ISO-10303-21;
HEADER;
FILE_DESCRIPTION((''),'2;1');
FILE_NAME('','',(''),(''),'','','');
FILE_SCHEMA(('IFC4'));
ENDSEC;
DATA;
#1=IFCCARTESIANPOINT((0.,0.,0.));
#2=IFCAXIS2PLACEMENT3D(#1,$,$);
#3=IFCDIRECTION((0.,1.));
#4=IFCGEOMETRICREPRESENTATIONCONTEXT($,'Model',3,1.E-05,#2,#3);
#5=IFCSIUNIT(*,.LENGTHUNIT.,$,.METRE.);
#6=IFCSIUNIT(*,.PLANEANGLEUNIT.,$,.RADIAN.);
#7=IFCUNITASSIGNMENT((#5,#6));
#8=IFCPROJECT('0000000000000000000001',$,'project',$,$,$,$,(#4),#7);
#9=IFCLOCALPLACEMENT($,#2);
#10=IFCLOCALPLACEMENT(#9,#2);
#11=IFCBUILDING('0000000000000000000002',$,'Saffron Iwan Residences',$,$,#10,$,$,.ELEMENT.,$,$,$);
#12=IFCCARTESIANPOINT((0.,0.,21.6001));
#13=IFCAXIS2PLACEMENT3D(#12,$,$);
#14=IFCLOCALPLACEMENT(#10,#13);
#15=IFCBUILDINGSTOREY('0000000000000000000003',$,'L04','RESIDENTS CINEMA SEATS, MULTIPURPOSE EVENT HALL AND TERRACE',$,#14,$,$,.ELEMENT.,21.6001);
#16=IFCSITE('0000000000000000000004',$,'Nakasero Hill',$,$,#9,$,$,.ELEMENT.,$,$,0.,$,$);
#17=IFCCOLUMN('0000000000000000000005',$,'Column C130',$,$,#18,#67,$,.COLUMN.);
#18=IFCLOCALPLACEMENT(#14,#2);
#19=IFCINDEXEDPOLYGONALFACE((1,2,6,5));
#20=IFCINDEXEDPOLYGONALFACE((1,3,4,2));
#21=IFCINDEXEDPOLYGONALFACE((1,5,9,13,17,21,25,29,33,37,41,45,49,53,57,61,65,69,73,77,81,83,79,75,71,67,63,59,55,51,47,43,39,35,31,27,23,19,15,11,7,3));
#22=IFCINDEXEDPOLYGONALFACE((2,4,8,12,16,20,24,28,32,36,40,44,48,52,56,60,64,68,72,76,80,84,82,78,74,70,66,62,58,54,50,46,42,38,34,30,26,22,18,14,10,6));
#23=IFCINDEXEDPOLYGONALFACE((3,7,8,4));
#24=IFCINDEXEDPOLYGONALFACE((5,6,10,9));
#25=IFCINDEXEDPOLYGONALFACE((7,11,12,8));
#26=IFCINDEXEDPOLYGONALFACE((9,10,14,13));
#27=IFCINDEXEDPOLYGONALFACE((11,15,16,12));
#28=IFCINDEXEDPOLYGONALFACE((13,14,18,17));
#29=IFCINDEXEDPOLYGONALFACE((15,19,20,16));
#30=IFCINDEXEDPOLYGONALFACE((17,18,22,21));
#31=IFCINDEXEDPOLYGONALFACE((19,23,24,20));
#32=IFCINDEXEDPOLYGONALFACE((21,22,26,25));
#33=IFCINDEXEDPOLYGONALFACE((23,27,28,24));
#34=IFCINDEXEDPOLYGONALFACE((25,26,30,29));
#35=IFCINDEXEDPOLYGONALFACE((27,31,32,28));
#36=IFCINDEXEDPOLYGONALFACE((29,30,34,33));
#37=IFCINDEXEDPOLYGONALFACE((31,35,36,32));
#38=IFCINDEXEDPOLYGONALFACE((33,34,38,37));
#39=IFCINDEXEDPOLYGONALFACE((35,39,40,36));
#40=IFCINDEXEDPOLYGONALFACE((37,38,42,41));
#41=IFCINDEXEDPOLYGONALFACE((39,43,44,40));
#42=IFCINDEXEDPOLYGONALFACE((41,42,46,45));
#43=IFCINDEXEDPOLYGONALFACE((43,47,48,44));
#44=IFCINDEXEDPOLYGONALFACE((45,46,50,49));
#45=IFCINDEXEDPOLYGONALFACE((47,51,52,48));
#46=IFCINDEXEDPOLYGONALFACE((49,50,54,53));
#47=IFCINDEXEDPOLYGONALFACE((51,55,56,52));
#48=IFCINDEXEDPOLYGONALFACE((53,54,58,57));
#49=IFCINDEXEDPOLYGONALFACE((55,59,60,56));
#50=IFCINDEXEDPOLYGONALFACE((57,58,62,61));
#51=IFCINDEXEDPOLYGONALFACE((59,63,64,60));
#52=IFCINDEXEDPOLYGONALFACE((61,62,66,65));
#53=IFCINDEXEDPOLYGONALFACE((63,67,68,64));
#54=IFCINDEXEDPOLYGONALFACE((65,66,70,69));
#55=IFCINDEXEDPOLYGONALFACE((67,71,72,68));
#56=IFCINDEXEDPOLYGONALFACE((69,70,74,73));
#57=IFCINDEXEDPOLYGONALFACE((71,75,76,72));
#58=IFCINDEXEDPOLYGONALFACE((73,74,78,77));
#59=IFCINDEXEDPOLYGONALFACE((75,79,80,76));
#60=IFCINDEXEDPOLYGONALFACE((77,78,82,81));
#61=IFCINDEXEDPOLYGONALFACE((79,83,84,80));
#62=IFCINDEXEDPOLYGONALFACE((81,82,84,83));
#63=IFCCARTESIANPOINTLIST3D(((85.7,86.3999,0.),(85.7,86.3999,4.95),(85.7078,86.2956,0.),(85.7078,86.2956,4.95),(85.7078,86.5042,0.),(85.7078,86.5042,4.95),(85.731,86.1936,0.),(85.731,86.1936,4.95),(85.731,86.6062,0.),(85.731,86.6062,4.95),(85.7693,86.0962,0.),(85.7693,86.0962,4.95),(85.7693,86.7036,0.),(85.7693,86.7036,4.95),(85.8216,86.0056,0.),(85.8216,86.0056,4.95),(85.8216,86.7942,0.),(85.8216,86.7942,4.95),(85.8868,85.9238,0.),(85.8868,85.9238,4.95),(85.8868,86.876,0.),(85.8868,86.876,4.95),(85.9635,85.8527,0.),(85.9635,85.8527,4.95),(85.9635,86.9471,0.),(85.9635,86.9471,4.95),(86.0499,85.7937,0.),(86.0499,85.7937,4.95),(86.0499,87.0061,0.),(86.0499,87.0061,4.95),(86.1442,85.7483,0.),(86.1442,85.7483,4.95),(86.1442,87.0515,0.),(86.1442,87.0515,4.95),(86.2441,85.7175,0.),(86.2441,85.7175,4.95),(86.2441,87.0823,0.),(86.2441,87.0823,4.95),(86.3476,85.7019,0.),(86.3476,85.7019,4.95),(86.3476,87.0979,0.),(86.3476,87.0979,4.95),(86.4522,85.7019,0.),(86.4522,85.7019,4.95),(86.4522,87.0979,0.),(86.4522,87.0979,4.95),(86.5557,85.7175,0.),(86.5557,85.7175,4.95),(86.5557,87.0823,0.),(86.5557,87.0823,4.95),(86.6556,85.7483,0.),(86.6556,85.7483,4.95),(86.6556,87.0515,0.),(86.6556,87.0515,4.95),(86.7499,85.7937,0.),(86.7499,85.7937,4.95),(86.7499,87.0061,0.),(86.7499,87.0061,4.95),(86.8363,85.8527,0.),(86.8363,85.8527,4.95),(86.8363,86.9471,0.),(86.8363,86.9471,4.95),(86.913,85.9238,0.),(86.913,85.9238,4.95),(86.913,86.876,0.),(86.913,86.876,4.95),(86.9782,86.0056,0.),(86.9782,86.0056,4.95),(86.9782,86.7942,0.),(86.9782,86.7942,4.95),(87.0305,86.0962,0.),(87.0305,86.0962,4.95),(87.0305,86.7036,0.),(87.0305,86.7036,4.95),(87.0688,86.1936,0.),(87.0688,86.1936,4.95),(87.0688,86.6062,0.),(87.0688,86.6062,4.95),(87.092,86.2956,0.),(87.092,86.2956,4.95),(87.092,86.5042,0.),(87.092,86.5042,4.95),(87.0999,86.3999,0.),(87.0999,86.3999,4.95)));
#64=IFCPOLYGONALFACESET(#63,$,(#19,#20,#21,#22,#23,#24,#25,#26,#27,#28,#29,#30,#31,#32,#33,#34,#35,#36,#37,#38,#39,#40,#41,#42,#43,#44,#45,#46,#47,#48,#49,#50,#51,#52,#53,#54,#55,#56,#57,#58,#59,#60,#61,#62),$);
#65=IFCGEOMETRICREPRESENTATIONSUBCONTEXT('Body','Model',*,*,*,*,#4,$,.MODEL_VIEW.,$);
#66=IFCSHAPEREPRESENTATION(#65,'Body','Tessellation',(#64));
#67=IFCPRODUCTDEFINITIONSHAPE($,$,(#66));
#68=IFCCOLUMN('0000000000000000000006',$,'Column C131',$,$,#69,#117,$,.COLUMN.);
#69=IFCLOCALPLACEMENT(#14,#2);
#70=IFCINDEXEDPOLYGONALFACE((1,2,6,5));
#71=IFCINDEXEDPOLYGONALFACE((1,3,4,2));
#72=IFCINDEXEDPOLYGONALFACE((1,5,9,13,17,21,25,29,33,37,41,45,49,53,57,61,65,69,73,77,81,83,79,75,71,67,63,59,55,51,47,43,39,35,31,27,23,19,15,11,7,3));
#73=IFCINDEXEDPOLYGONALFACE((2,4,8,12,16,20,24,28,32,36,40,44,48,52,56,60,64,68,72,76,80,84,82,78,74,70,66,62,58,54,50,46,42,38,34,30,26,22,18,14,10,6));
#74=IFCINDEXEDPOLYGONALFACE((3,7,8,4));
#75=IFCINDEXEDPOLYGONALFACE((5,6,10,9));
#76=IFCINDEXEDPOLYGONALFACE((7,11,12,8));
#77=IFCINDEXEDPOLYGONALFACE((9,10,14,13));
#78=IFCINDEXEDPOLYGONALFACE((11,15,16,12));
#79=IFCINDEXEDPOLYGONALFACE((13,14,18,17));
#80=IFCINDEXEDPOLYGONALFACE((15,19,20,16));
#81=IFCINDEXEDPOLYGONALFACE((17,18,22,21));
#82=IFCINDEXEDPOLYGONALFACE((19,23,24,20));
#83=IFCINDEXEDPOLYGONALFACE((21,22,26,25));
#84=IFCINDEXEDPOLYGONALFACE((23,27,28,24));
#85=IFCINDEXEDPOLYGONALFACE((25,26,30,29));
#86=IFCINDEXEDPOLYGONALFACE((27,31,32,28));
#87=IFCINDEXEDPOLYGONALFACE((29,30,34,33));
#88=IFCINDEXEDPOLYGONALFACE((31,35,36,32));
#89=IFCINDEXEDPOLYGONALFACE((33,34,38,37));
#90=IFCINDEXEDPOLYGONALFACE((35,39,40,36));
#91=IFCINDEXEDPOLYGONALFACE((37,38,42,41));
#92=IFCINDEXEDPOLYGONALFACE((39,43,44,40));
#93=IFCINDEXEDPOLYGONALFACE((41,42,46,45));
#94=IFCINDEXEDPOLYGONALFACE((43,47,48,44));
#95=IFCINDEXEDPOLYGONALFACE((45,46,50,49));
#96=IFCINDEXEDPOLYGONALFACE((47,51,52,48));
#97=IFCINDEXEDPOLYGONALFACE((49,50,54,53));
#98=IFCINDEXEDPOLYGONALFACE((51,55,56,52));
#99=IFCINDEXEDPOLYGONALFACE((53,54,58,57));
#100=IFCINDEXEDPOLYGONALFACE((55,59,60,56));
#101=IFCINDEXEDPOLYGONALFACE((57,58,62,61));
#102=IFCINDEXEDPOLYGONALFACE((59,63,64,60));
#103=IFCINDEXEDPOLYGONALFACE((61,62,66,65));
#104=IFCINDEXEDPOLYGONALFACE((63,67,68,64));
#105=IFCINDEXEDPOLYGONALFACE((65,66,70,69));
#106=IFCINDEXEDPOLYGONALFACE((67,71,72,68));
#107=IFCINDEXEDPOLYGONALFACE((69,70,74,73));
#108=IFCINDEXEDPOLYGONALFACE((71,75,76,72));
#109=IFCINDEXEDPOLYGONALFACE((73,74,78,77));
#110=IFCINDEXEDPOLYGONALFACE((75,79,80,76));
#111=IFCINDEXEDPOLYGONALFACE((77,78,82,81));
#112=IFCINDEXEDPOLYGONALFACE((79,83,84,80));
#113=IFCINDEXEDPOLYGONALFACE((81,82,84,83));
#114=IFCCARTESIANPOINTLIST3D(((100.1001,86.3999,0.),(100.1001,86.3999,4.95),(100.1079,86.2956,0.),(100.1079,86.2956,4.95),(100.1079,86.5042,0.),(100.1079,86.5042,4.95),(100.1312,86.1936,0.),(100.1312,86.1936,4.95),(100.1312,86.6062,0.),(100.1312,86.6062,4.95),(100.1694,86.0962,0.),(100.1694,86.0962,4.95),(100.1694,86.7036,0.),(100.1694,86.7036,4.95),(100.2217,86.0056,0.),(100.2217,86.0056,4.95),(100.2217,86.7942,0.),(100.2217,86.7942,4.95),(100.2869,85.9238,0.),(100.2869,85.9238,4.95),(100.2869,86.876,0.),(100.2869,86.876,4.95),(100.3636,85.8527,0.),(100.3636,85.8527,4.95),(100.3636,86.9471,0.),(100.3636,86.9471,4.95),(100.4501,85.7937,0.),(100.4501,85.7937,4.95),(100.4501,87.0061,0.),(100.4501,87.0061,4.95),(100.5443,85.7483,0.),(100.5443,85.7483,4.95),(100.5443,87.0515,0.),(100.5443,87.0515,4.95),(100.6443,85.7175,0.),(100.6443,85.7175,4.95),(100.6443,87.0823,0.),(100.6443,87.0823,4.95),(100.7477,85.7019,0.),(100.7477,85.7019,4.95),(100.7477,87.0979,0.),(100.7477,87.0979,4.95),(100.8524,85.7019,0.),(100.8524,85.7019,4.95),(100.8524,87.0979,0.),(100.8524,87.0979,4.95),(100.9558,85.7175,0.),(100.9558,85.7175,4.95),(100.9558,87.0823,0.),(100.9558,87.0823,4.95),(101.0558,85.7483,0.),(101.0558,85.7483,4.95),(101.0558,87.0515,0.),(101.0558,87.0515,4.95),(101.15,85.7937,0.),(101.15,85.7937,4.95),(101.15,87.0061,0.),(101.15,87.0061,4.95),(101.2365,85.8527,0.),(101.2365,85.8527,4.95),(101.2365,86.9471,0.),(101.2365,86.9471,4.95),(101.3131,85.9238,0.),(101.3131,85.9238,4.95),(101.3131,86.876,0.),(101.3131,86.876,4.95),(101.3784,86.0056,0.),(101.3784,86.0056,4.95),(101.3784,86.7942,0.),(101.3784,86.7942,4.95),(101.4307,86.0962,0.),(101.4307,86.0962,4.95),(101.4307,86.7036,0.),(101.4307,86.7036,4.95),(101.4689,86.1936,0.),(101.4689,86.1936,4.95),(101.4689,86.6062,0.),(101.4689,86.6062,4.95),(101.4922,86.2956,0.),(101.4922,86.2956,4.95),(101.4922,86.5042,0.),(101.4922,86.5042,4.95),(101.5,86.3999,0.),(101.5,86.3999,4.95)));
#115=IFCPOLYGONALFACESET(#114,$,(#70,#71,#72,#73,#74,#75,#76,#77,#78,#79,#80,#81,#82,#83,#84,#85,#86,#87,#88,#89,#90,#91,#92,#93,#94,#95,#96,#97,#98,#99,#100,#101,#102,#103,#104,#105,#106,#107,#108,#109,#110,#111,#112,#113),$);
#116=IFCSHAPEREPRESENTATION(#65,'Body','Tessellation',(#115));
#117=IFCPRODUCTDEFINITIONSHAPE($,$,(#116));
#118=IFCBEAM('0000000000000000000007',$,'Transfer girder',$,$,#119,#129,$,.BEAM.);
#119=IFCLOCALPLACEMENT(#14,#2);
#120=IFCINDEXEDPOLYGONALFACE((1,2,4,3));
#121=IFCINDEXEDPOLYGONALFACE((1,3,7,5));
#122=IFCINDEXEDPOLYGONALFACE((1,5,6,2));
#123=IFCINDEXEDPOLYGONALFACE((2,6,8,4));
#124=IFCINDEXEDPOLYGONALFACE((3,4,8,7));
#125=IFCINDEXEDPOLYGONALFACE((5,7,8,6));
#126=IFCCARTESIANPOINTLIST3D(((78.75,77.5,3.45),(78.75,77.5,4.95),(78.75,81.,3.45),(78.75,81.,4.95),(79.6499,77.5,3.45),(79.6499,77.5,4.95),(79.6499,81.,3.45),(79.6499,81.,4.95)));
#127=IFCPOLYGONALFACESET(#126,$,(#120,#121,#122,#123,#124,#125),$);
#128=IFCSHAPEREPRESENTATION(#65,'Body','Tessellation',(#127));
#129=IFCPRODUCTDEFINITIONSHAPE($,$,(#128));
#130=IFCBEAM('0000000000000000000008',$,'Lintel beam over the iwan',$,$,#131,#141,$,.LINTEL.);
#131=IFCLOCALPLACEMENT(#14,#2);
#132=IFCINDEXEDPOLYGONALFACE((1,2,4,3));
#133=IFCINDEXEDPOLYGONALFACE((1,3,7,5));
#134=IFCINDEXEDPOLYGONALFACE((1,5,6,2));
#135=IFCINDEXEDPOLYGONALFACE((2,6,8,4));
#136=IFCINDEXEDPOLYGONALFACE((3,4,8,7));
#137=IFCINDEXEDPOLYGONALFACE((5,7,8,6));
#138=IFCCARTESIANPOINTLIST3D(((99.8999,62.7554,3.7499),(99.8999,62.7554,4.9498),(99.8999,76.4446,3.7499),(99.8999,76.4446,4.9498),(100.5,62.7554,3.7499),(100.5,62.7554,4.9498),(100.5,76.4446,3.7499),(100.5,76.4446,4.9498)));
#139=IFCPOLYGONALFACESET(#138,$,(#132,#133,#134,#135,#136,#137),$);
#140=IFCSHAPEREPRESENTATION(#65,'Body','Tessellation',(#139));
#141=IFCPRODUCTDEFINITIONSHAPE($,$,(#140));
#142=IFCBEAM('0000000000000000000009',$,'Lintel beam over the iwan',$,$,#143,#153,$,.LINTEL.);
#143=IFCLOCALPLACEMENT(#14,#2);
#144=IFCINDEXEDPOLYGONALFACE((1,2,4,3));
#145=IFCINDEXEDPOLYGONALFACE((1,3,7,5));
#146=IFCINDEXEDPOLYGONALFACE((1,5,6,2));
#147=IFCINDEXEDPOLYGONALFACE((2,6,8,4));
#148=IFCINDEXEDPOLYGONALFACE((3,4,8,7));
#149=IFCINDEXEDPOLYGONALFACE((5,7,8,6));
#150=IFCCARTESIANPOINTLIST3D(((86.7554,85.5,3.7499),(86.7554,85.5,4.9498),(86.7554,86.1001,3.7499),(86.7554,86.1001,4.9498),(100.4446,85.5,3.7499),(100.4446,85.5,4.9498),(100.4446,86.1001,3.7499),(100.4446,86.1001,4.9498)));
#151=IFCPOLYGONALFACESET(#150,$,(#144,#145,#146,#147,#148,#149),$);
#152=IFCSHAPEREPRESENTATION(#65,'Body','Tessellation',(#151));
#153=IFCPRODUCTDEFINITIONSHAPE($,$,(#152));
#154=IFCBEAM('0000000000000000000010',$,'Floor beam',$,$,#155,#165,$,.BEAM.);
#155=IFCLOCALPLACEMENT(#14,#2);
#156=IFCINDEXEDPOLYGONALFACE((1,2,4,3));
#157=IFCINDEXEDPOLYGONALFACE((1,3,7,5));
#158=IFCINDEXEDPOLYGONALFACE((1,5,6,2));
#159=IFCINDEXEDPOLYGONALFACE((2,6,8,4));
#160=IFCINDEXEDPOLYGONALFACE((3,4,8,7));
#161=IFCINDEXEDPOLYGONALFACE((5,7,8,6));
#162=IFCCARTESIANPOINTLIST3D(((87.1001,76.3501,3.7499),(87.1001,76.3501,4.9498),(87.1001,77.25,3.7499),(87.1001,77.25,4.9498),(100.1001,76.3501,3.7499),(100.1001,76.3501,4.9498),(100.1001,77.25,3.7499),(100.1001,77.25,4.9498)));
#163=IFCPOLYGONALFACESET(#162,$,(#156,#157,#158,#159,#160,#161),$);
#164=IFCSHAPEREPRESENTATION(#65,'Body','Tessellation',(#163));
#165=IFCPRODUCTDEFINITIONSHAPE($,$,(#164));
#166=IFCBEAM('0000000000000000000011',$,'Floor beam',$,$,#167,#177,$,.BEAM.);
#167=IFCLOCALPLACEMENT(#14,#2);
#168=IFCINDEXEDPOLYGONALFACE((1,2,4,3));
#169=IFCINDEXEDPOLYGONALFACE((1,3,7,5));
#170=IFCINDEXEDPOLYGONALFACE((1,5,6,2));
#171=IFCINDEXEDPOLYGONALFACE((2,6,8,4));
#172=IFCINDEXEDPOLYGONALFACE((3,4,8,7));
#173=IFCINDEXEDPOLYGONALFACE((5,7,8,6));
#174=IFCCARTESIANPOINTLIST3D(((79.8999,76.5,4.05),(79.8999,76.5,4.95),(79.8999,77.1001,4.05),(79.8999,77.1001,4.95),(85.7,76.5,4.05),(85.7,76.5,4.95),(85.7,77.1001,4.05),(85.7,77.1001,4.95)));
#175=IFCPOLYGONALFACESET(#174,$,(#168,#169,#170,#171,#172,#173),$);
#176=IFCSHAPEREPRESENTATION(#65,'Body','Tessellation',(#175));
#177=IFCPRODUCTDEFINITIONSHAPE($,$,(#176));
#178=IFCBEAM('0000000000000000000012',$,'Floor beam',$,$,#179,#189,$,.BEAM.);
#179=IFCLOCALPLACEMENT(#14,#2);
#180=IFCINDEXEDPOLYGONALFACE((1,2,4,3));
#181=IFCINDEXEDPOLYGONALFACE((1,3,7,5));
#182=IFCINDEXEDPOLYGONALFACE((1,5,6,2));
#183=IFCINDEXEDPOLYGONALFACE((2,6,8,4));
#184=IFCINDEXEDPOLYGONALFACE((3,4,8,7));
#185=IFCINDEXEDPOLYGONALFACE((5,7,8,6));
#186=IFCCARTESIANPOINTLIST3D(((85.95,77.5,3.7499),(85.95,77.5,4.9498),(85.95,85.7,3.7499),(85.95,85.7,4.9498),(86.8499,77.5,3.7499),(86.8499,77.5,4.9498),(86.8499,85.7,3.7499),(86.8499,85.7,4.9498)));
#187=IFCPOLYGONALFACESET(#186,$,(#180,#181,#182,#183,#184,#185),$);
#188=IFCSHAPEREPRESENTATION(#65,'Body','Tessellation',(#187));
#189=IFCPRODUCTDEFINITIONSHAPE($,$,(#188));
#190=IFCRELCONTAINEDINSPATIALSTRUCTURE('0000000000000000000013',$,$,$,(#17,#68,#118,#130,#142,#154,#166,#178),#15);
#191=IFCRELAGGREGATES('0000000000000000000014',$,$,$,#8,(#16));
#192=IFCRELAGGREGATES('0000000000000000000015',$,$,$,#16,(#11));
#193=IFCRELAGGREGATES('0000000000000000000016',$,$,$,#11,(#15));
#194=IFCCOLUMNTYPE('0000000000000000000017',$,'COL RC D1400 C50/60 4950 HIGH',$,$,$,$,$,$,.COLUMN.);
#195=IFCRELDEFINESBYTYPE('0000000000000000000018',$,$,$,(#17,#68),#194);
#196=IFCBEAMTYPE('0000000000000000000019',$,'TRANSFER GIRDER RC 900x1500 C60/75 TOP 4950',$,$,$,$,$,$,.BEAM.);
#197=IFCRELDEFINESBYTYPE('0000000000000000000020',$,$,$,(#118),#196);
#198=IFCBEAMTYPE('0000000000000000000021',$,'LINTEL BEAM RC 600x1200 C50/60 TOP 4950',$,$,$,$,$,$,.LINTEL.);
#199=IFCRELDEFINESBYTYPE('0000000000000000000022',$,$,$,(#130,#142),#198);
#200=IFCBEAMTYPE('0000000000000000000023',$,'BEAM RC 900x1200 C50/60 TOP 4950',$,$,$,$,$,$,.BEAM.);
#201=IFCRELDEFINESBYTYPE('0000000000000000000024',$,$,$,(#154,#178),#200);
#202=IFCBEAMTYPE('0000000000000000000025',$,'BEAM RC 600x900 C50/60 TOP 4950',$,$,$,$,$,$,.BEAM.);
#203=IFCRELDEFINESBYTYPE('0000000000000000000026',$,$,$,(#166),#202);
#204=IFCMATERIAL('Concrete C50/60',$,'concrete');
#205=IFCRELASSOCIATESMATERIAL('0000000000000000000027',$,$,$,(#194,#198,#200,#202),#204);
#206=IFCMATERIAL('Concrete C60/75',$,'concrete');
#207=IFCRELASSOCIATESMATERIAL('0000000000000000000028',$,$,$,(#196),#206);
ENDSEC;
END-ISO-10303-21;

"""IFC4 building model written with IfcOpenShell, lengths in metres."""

from ifc_helpers import new_model, si_unit, direction, frame, origin, origin_2d, place, context, subcontext, project, spatial, rectangle, circle, extrude, source, transform, mapped, material, material_profile, profile_set, type_object, element, save


model = new_model("IFC4")

# Units and contexts
model_context = context("Model", 3, precision=1e-05, world=origin(), true_north=direction((0.0, 1.0)))
body_context = subcontext(model_context, "Body", "Model", "MODEL_VIEW")
ifc_project = project(units=[si_unit("LENGTHUNIT", "METRE"), si_unit("PLANEANGLEUNIT", "RADIAN")], contexts=[model_context])

# Site, building, storey
site_placement = place(None, origin())
site = spatial("IfcSite", under=ifc_project, at=site_placement, Name="Nakasero Hill", CompositionType="ELEMENT", RefElevation=0.0)
building_placement = place(site_placement, origin())
building = spatial("IfcBuilding", under=site, at=building_placement, Name="Saffron Iwan Residences", CompositionType="ELEMENT")
storey_placement = place(building_placement, frame((0.0, 0.0, 21.6001)))
storey = spatial("IfcBuildingStorey", under=building, at=storey_placement, Name="L04", Description="RESIDENTS CINEMA SEATS, MULTIPURPOSE EVENT HALL AND TERRACE", CompositionType="ELEMENT", Elevation=21.6001)

# Columns
ifc_material_1 = material(Name="Concrete C50/60", Category="concrete")
ifc_material_profile_1 = material_profile(ifc_material_1, circle(Radius=0.7, at=origin_2d()), Name="RC D1400")
ifc_profile_set_1 = profile_set([ifc_material_profile_1], Name="Concrete C50/60")
column_type = type_object("IfcColumnType", Name="COL RC D1400 C50/60 4950 HIGH", PredefinedType="COLUMN", material=ifc_profile_set_1)
shared_shape_1 = source(origin(), body_context, "Body", "SweptSolid", [
    extrude(circle(Radius=0.7, at=origin_2d()), origin(), (0.0, 0.0, 1.0), 4.95),
])
for number, where, z_axis, x_axis, name in (
    (1, (86.3999, 86.3999, 0.0), (0.0, 0.0, 1.0), (1.0, 0.0, 0.0), "Column C130"),
    (2, (100.8, 86.3999, 0.0), (0.0, 0.0, 1.0), (1.0, 0.0, 0.0), "Column C131"),
):
    element("IfcColumn", number, at=place(storey_placement, frame(where, z_axis=z_axis, x_axis=x_axis)), inside=storey, type_object=column_type, Name=name, PredefinedType="COLUMN", context=body_context, shape_type="MappedRepresentation", body=[
        mapped(shared_shape_1, transform((0.0, 0.0, 0.0))),
    ])

# Beams
ifc_material_2 = material(Name="Concrete C60/75", Category="concrete")
ifc_material_profile_2 = material_profile(ifc_material_2, rectangle(XDim=0.8999, YDim=1.5, at=origin_2d()), Name="RC 900x1500")
ifc_profile_set_2 = profile_set([ifc_material_profile_2], Name="Concrete C60/75")
beam_type_1 = type_object("IfcBeamType", Name="TRANSFER GIRDER RC 900x1500 C60/75 TOP 4950", PredefinedType="BEAM", material=ifc_profile_set_2)
shared_shape_2 = source(origin(), body_context, "Body", "SweptSolid", [
    extrude(rectangle(XDim=0.8999, YDim=1.5, at=origin_2d()), origin(), (0.0, 0.0, 1.0), 3.5),
])
beam_1_placement = place(storey_placement, frame((79.2, 77.5, 4.2), z_axis=(0.0, 1.0, 0.0), x_axis=(-1.0, 0.0, 0.0)))
element("IfcBeam", 3, at=beam_1_placement, inside=storey, type_object=beam_type_1, Name="Transfer girder", PredefinedType="BEAM", context=body_context, shape_type="MappedRepresentation", body=[
    mapped(shared_shape_2, transform((0.0, 0.0, 0.0))),
])
ifc_material_profile_3 = material_profile(ifc_material_1, rectangle(XDim=0.6001, YDim=1.2, at=origin_2d()), Name="RC 600x1200")
ifc_profile_set_3 = profile_set([ifc_material_profile_3], Name="Concrete C50/60")
beam_type_2 = type_object("IfcBeamType", Name="LINTEL BEAM RC 600x1200 C50/60 TOP 4950", PredefinedType="LINTEL", material=ifc_profile_set_3)
shared_shape_3 = source(origin(), body_context, "Body", "SweptSolid", [
    extrude(rectangle(XDim=0.6001, YDim=1.2, at=origin_2d()), origin(), (0.0, 0.0, 1.0), 13.6892),
])
for number, where, z_axis, x_axis, name in (
    (4, (100.2, 76.4446, 4.3499), (0.0, -1.0, 0.0), (1.0, 0.0, 0.0), "Lintel beam over the iwan"),
    (5, (86.7554, 85.8, 4.3499), (1.0, 0.0, 0.0), (0.0, 1.0, 0.0), "Lintel beam over the iwan"),
):
    element("IfcBeam", number, at=place(storey_placement, frame(where, z_axis=z_axis, x_axis=x_axis)), inside=storey, type_object=beam_type_2, Name=name, PredefinedType="LINTEL", context=body_context, shape_type="MappedRepresentation", body=[
        mapped(shared_shape_3, transform((0.0, 0.0, 0.0))),
    ])
ifc_material_profile_4 = material_profile(ifc_material_1, rectangle(XDim=0.8999, YDim=1.2, at=origin_2d()), Name="RC 900x1200")
ifc_profile_set_4 = profile_set([ifc_material_profile_4], Name="Concrete C50/60")
beam_type_3 = type_object("IfcBeamType", Name="BEAM RC 900x1200 C50/60 TOP 4950", PredefinedType="BEAM", material=ifc_profile_set_4)
shared_shape_4 = source(origin(), body_context, "Body", "SweptSolid", [
    extrude(rectangle(XDim=0.8999, YDim=1.2, at=origin_2d()), origin(), (0.0, 0.0, 1.0), 13.0),
])
beam_2_placement = place(storey_placement, frame((87.1001, 76.8, 4.3499), z_axis=(1.0, 0.0, 0.0), x_axis=(0.0, 1.0, 0.0)))
element("IfcBeam", 6, at=beam_2_placement, inside=storey, type_object=beam_type_3, Name="Floor beam", PredefinedType="BEAM", context=body_context, shape_type="MappedRepresentation", body=[
    mapped(shared_shape_4, transform((0.0, 0.0, 0.0))),
])
ifc_material_profile_5 = material_profile(ifc_material_1, rectangle(XDim=0.6001, YDim=0.8999, at=origin_2d()), Name="RC 600x900")
ifc_profile_set_5 = profile_set([ifc_material_profile_5], Name="Concrete C50/60")
beam_type_4 = type_object("IfcBeamType", Name="BEAM RC 600x900 C50/60 TOP 4950", PredefinedType="BEAM", material=ifc_profile_set_5)
shared_shape_5 = source(origin(), body_context, "Body", "SweptSolid", [
    extrude(rectangle(XDim=0.6001, YDim=0.8999, at=origin_2d()), origin(), (0.0, 0.0, 1.0), 5.8),
])
beam_3_placement = place(storey_placement, frame((79.8999, 76.8, 4.5), z_axis=(1.0, 0.0, 0.0), x_axis=(0.0, 1.0, 0.0)))
element("IfcBeam", 7, at=beam_3_placement, inside=storey, type_object=beam_type_4, Name="Floor beam", PredefinedType="BEAM", context=body_context, shape_type="MappedRepresentation", body=[
    mapped(shared_shape_5, transform((0.0, 0.0, 0.0))),
])
shared_shape_6 = source(origin(), body_context, "Body", "SweptSolid", [
    extrude(rectangle(XDim=0.8999, YDim=1.2, at=origin_2d()), origin(), (0.0, 0.0, 1.0), 8.2),
])
beam_4_placement = place(storey_placement, frame((86.3999, 77.5, 4.3499), z_axis=(0.0, 1.0, 0.0), x_axis=(-1.0, 0.0, 0.0)))
element("IfcBeam", 8, at=beam_4_placement, inside=storey, type_object=beam_type_3, Name="Floor beam", PredefinedType="BEAM", context=body_context, shape_type="MappedRepresentation", body=[
    mapped(shared_shape_6, transform((0.0, 0.0, 0.0))),
])

save(model, "model.ifc")
